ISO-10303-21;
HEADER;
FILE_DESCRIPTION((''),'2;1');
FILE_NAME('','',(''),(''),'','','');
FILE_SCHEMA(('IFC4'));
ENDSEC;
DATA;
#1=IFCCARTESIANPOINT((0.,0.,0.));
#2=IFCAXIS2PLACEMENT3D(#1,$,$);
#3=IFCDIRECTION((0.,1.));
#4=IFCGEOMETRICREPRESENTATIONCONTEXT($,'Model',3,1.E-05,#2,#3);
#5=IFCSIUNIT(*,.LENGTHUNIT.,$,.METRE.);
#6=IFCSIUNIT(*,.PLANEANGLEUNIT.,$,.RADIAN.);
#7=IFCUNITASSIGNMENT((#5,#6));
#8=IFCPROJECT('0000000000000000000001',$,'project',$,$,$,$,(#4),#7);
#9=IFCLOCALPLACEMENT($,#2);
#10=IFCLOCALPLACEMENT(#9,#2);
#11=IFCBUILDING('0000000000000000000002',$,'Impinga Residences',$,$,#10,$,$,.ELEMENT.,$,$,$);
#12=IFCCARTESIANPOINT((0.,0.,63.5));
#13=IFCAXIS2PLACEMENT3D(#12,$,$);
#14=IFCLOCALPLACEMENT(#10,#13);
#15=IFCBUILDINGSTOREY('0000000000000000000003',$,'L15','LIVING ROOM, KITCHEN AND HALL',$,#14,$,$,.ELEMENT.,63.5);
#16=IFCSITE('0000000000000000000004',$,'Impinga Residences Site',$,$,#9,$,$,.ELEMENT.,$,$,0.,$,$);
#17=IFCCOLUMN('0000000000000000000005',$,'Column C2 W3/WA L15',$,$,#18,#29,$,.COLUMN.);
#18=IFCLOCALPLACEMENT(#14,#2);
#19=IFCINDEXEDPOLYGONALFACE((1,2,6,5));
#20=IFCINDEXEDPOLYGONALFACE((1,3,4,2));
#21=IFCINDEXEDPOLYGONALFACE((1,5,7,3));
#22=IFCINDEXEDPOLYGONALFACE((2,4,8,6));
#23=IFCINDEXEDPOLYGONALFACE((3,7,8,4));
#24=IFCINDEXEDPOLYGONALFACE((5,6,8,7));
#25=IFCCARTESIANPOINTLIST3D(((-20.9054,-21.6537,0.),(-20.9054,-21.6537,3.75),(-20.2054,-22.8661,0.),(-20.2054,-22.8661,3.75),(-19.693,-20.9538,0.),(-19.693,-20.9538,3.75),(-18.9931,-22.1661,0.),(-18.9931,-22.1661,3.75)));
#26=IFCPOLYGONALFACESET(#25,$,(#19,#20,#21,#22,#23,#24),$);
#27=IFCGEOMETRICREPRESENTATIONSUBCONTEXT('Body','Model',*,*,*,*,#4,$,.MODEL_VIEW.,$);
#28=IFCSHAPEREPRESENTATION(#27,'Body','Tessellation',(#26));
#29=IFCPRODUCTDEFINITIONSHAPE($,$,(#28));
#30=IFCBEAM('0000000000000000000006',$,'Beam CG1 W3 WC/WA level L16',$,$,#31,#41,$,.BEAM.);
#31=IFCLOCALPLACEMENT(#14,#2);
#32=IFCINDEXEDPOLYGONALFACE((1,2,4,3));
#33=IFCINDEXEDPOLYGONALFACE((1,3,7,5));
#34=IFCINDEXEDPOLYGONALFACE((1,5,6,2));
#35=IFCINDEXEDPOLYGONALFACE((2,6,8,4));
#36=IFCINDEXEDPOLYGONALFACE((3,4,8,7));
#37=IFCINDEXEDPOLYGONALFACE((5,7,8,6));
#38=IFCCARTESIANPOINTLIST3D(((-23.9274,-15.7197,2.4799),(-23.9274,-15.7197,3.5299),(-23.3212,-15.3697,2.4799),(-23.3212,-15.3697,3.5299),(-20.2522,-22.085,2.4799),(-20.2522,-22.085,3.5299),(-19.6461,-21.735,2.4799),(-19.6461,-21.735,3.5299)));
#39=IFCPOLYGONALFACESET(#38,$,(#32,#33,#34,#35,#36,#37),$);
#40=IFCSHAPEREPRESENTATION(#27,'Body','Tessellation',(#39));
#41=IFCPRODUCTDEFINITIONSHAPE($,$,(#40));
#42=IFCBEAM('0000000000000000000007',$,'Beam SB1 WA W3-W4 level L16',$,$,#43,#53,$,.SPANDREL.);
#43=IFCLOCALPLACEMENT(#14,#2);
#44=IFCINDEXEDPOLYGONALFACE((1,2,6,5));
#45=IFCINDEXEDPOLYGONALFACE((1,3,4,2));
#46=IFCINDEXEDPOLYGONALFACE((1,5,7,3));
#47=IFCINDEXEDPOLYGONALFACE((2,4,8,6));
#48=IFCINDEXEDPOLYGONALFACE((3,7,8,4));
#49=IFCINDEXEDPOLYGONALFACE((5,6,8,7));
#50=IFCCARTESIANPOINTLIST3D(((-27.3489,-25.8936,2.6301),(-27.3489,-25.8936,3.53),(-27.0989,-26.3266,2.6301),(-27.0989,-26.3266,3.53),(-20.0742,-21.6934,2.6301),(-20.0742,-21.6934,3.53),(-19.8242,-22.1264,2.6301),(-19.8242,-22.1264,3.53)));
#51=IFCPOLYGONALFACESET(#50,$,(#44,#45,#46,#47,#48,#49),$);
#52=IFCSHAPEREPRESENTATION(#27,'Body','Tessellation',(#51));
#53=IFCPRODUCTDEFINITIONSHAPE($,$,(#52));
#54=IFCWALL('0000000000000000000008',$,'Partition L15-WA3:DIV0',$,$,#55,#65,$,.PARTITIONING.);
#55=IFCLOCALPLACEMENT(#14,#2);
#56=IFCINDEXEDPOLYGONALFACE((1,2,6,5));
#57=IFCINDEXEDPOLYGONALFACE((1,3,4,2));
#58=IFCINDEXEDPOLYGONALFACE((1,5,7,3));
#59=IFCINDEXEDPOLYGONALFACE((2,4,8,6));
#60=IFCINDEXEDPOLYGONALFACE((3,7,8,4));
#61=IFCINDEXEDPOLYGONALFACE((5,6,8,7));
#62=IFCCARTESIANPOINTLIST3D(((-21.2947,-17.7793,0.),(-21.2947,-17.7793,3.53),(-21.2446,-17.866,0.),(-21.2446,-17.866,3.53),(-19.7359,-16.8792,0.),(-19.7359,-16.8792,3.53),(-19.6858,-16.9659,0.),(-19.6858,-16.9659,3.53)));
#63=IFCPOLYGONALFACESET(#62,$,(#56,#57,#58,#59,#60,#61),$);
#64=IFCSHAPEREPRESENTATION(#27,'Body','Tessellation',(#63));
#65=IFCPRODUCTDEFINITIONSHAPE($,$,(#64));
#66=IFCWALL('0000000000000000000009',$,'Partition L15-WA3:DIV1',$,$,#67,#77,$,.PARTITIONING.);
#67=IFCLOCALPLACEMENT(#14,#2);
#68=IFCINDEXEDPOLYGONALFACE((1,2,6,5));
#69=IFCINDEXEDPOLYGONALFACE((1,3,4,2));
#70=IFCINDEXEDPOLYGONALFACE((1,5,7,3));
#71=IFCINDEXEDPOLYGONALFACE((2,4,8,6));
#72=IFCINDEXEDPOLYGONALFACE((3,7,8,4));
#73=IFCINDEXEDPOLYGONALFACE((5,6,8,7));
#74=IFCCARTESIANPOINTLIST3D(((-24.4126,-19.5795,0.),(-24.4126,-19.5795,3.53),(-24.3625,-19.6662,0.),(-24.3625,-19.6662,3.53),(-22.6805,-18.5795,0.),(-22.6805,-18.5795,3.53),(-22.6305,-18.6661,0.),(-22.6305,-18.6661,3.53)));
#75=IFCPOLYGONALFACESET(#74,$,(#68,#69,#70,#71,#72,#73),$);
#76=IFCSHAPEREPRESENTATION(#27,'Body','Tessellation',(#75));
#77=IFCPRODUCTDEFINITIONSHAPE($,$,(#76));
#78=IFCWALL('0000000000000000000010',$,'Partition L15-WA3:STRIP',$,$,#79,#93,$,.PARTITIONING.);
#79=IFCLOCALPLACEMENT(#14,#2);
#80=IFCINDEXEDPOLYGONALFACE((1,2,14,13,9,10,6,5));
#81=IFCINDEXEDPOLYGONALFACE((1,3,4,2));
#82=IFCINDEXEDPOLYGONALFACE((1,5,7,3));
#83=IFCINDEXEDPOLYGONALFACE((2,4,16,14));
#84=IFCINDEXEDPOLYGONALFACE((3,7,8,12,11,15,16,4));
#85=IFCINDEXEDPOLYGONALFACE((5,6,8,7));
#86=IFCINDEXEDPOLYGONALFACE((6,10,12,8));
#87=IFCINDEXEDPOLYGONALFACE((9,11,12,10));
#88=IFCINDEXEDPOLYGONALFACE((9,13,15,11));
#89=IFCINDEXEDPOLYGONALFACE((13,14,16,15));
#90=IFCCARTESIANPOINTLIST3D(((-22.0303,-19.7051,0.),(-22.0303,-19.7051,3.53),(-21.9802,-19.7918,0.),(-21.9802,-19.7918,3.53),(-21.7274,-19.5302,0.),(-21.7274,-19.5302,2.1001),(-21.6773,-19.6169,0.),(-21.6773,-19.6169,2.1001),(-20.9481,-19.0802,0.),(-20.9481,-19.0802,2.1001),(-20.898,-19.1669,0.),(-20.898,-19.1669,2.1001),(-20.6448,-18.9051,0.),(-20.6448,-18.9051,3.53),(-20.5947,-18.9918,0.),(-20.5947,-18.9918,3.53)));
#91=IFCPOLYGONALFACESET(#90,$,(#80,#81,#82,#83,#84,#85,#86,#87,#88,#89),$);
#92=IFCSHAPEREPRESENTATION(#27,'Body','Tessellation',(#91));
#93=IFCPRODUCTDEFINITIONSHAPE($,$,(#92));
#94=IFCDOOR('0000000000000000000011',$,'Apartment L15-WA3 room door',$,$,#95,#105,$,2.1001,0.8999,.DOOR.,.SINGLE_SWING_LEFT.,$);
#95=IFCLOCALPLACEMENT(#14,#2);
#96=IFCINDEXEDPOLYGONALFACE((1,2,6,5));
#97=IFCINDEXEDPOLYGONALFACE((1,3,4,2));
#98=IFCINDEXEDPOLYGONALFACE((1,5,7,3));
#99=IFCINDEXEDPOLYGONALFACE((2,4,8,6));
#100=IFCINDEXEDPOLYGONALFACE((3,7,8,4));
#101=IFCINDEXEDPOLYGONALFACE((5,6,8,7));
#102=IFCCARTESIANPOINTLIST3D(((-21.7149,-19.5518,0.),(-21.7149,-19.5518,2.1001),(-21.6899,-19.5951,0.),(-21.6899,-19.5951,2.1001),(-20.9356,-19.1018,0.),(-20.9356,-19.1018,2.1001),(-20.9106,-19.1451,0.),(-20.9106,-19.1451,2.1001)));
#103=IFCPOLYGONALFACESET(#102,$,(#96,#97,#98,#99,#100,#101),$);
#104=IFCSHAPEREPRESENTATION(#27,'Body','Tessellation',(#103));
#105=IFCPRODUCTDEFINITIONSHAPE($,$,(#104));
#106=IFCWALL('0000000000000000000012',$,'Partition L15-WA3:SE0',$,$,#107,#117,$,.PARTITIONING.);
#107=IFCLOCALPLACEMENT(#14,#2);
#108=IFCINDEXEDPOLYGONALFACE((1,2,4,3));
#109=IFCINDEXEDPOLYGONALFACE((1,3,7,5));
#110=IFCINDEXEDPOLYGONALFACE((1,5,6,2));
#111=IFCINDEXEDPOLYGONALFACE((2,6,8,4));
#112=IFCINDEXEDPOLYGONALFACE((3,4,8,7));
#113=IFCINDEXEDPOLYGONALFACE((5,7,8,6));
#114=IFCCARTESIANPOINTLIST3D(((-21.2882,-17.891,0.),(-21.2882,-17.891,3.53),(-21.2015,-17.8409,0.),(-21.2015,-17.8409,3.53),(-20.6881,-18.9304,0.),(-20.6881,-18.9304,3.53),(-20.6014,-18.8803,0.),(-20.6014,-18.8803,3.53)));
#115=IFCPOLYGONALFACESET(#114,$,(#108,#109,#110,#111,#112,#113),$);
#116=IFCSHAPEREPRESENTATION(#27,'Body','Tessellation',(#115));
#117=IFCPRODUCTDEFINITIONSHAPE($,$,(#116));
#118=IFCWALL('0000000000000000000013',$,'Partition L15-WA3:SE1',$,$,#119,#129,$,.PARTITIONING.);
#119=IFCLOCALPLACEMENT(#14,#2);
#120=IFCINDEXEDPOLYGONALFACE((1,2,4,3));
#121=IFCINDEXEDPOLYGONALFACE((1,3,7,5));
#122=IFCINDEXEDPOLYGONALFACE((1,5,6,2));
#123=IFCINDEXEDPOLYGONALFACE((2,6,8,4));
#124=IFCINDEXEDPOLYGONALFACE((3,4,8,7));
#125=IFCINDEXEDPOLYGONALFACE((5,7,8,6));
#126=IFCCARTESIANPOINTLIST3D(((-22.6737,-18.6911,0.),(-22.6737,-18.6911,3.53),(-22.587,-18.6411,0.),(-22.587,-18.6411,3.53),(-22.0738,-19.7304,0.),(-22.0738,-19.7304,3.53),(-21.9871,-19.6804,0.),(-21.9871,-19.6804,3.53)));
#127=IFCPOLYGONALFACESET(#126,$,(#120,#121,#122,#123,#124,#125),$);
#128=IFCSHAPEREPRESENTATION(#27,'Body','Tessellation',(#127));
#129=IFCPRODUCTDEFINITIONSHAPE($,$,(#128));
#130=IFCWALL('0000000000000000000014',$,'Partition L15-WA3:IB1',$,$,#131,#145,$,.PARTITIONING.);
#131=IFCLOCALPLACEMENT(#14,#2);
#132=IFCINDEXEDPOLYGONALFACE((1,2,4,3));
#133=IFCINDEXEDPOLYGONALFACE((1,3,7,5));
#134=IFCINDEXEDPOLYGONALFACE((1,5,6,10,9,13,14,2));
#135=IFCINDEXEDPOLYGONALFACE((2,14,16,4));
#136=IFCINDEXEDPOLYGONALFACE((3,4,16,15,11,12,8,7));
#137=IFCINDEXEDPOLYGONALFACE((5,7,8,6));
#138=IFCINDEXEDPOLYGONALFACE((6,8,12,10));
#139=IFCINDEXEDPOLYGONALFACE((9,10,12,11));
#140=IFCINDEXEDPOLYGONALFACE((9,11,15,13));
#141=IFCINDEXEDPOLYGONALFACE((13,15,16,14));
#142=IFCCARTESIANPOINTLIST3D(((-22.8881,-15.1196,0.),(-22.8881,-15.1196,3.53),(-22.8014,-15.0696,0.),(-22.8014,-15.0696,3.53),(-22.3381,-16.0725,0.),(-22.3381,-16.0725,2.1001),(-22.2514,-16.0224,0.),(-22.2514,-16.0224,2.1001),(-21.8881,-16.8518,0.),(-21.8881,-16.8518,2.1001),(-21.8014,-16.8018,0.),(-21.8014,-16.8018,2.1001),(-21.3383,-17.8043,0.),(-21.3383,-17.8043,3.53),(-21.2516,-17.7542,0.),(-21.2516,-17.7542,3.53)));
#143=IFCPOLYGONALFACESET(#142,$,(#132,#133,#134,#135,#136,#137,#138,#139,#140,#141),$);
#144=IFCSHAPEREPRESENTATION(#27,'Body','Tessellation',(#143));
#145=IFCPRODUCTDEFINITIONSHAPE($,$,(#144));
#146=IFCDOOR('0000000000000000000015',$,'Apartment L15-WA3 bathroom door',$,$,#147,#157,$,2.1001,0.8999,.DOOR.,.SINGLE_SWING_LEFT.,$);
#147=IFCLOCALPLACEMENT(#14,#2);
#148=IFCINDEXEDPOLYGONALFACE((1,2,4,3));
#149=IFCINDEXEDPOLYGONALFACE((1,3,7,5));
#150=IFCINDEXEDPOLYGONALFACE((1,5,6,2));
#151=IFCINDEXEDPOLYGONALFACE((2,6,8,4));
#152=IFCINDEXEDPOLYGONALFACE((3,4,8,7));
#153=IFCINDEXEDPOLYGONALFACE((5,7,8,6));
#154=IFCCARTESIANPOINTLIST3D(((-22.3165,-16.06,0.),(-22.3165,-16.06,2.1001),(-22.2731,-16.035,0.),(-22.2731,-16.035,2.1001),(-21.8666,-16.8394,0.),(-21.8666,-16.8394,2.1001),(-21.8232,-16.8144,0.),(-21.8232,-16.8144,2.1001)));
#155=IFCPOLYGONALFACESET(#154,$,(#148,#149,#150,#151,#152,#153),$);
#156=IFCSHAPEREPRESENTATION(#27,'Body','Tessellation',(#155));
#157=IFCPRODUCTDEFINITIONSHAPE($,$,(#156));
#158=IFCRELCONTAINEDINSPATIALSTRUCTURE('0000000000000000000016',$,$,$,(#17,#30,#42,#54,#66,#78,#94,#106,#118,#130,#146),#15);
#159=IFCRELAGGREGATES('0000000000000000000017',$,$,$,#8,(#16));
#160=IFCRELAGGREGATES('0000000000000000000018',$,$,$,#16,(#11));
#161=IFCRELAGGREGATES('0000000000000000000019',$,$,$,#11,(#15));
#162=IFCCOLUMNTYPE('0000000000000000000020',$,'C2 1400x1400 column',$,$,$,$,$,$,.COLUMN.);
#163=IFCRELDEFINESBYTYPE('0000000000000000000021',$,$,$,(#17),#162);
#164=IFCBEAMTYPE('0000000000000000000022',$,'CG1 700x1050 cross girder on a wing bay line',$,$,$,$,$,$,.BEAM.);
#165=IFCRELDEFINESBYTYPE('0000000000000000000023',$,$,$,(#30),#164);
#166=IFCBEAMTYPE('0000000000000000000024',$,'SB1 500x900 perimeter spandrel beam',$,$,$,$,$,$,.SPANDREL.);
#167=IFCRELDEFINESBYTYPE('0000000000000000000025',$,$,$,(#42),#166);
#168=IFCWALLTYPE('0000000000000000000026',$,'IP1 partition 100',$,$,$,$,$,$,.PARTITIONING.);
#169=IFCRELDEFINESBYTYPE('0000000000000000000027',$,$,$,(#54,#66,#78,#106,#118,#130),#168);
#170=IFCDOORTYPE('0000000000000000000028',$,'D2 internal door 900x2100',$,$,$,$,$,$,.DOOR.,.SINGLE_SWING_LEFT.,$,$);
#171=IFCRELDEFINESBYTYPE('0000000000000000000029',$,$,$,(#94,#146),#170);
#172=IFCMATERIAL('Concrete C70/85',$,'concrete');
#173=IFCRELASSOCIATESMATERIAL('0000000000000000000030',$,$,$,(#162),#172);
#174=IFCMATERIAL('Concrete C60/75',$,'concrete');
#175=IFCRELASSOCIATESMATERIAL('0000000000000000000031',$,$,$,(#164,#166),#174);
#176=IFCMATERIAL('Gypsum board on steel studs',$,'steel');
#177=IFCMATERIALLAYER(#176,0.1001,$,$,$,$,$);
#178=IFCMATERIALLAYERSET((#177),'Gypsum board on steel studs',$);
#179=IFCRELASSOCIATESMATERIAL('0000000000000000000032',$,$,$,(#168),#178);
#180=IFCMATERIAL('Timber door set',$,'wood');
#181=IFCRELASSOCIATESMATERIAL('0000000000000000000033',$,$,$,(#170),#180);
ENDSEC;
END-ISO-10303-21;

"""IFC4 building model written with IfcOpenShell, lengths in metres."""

from ifc_helpers import new_model, si_unit, direction, frame, frame_2d, origin, origin_2d, place, context, subcontext, project, spatial, rectangle, extrude, material, layer, layer_set, material_profile, profile_set, type_object, element, fill, save


model = new_model("IFC4")

# Units and contexts
model_context = context("Model", 3, precision=1e-05, world=origin(), true_north=direction((0.0, 1.0)))
body_context = subcontext(model_context, "Body", "Model", "MODEL_VIEW")
ifc_project = project(units=[si_unit("LENGTHUNIT", "METRE"), si_unit("PLANEANGLEUNIT", "RADIAN")], contexts=[model_context])

# Site, building, storey
site_placement = place(None, origin())
site = spatial("IfcSite", under=ifc_project, at=site_placement, Name="Impinga Residences Site", CompositionType="ELEMENT", RefElevation=0.0)
building_placement = place(site_placement, origin())
building = spatial("IfcBuilding", under=site, at=building_placement, Name="Impinga Residences", CompositionType="ELEMENT")
storey_placement = place(building_placement, frame((0.0, 0.0, 63.5)))
storey = spatial("IfcBuildingStorey", under=building, at=storey_placement, Name="L15", Description="LIVING ROOM, KITCHEN AND HALL", CompositionType="ELEMENT", Elevation=63.5)

# Column
ifc_material_1 = material(Name="Concrete C70/85", Category="concrete")
ifc_material_profile_1 = material_profile(ifc_material_1, rectangle(XDim=1.3999, YDim=1.3999, at=origin_2d()), Name="RC 1400x1400")
ifc_profile_set_1 = profile_set([ifc_material_profile_1], Name="Concrete C70/85")
column_type = type_object("IfcColumnType", Name="C2 1400x1400 column", PredefinedType="COLUMN", material=ifc_profile_set_1)
column_placement = place(storey_placement, frame((-19.9492, -21.9099, 0.0), z_axis=(0.0, 0.0, 1.0), x_axis=(-0.5, 0.866025, 0.0)))
element("IfcColumn", 1, at=column_placement, inside=storey, type_object=column_type, Name="Column C2 W3/WA L15", PredefinedType="COLUMN", context=body_context, shape_type="SweptSolid", body=[
    extrude(rectangle(XDim=1.3999, YDim=1.3999, at=origin_2d()), origin(), (0.0, 0.0, 1.0), 3.75),
])

# Beams
ifc_material_2 = material(Name="Concrete C60/75", Category="concrete")
ifc_material_profile_2 = material_profile(ifc_material_2, rectangle(XDim=0.7, YDim=1.05, at=origin_2d()), Name="RC 700x1050")
ifc_profile_set_2 = profile_set([ifc_material_profile_2], Name="Concrete C60/75")
beam_type_1 = type_object("IfcBeamType", Name="CG1 700x1050 cross girder on a wing bay line", PredefinedType="BEAM", material=ifc_profile_set_2)
beam_1_placement = place(storey_placement, frame((-23.6243, -15.5447, 3.0049), z_axis=(0.500008, -0.866021, 0.0), x_axis=(0.866021, 0.500008, 0.0)))
element("IfcBeam", 2, at=beam_1_placement, inside=storey, type_object=beam_type_1, Name="Beam CG1 W3 WC/WA level L16", PredefinedType="BEAM", context=body_context, shape_type="SweptSolid", body=[
    extrude(rectangle(XDim=0.7, YDim=1.05, at=origin_2d()), origin(), (0.0, 0.0, 1.0), 7.3501),
])
ifc_material_profile_3 = material_profile(ifc_material_2, rectangle(XDim=0.5, YDim=0.8999, at=origin_2d()), Name="RC 500x900")
ifc_profile_set_3 = profile_set([ifc_material_profile_3], Name="Concrete C60/75")
beam_type_2 = type_object("IfcBeamType", Name="SB1 500x900 perimeter spandrel beam", PredefinedType="SPANDREL", material=ifc_profile_set_3)
beam_2_placement = place(storey_placement, frame((-19.9492, -21.9099, 3.0801), z_axis=(-0.866017, -0.500015, 0.0), x_axis=(0.500015, -0.866017, 0.0)))
element("IfcBeam", 3, at=beam_2_placement, inside=storey, type_object=beam_type_2, Name="Beam SB1 WA W3-W4 level L16", PredefinedType="SPANDREL", context=body_context, shape_type="SweptSolid", body=[
    extrude(rectangle(XDim=0.5, YDim=0.8999, at=origin_2d()), origin(), (0.0, 0.0, 1.0), 8.4001),
])

# Walls
ifc_material_3 = material(Name="Gypsum board on steel studs", Category="steel")
ifc_layer_1 = layer(ifc_material_3, 0.1001)
ifc_layer_set_1 = layer_set([ifc_layer_1], Name="Gypsum board on steel studs")
wall_type_1 = type_object("IfcWallType", Name="IP1 partition 100", PredefinedType="PARTITIONING", material=ifc_layer_set_1)
wall_1_placement = place(storey_placement, frame((-19.7109, -16.9226, 0.0), z_axis=(0.0, 0.0, 1.0), x_axis=(-0.865989, -0.500063, 0.0)))
element("IfcWall", 4, at=wall_1_placement, inside=storey, type_object=wall_type_1, Name="Partition L15-WA3:DIV0", PredefinedType="PARTITIONING", context=body_context, shape_type="SweptSolid", body=[
    extrude(rectangle(XDim=1.8, YDim=0.1001, at=frame_2d((0.8999, 0.0))), origin(), (0.0, 0.0, 1.0), 3.53),
])
wall_2_placement = place(storey_placement, frame((-22.6555, -18.6228, 0.0), z_axis=(0.0, 0.0, 1.0), x_axis=(-0.866011, -0.500025, 0.0)))
element("IfcWall", 5, at=wall_2_placement, inside=storey, type_object=wall_type_1, Name="Partition L15-WA3:DIV1", PredefinedType="PARTITIONING", context=body_context, shape_type="SweptSolid", body=[
    extrude(rectangle(XDim=2.0, YDim=0.1001, at=frame_2d((1.0, 0.0))), origin(), (0.0, 0.0, 1.0), 3.53),
])

# Wall, opening, door
wall_3_placement = place(storey_placement, frame((-20.6199, -18.9485, 0.0), z_axis=(0.0, 0.0, 1.0), x_axis=(-0.86599, -0.500061, 0.0)))
wall_3 = element("IfcWall", 6, at=wall_3_placement, inside=storey, type_object=wall_type_1, Name="Partition L15-WA3:STRIP", PredefinedType="PARTITIONING", context=body_context, shape_type="SweptSolid", body=[
    extrude(rectangle(XDim=1.5999, YDim=0.1001, at=frame_2d((0.7998, 0.0))), origin(), (0.0, 0.0, 1.0), 3.53),
])
opening_1_placement = place(wall_3_placement, frame((0.3501, 0.0, 0.0)))
opening_1 = element("IfcOpeningElement", 7, at=opening_1_placement, cuts=wall_3, PredefinedType="OPENING", context=body_context, shape_type="SweptSolid", body=[
    extrude(rectangle(XDim=0.8999, YDim=2.1001, at=frame_2d((0.45, 1.05))), frame((0.0, 0.0601, 0.0), z_axis=(0.0, -1.0, 0.0), x_axis=(1.0, 0.0, 0.0)), (0.0, 0.0, 1.0), 0.1201),
])
ifc_material_4 = material(Name="Timber door set", Category="wood")
door_type = type_object("IfcDoorType", Name="D2 internal door 900x2100", OperationType="SINGLE_SWING_LEFT", PredefinedType="DOOR", material=ifc_material_4)
door_1_placement = place(opening_1_placement, origin())
door_1 = element("IfcDoor", 8, at=door_1_placement, inside=storey, type_object=door_type, Name="Apartment L15-WA3 room door", OperationType="SINGLE_SWING_LEFT", OverallHeight=2.1001, OverallWidth=0.8999, PredefinedType="DOOR", context=body_context, shape_type="SweptSolid", body=[
    extrude(rectangle(XDim=0.8999, YDim=2.1001, at=frame_2d((0.45, 1.05))), frame((0.0, 0.0249, 0.0), z_axis=(0.0, -1.0, 0.0), x_axis=(1.0, 0.0, 0.0)), (0.0, 0.0, 1.0), 0.05),
])
fill(opening_1, door_1)

# Walls
wall_4_placement = place(storey_placement, frame((-21.2449, -17.866, 0.0), z_axis=(0.0, 0.0, 1.0), x_axis=(0.500034, -0.866006, 0.0)))
element("IfcWall", 9, at=wall_4_placement, inside=storey, type_object=wall_type_1, Name="Partition L15-WA3:SE0", PredefinedType="PARTITIONING", context=body_context, shape_type="SweptSolid", body=[
    extrude(rectangle(XDim=1.2002, YDim=0.1001, at=frame_2d((0.6001, 0.0))), origin(), (0.0, 0.0, 1.0), 3.53),
])
wall_5_placement = place(storey_placement, frame((-22.6304, -18.666, 0.0), z_axis=(0.0, 0.0, 1.0), x_axis=(0.499881, -0.866094, 0.0)))
element("IfcWall", 10, at=wall_5_placement, inside=storey, type_object=wall_type_1, Name="Partition L15-WA3:SE1", PredefinedType="PARTITIONING", context=body_context, shape_type="SweptSolid", body=[
    extrude(rectangle(XDim=1.2, YDim=0.1001, at=frame_2d((0.6001, 0.0))), origin(), (0.0, 0.0, 1.0), 3.53),
])

# Wall, opening, door
wall_6_placement = place(storey_placement, frame((-22.8447, -15.0947, 0.0), z_axis=(0.0, 0.0, 1.0), x_axis=(0.499968, -0.866044, 0.0)))
wall_6 = element("IfcWall", 11, at=wall_6_placement, inside=storey, type_object=wall_type_1, Name="Partition L15-WA3:IB1", PredefinedType="PARTITIONING", context=body_context, shape_type="SweptSolid", body=[
    extrude(rectangle(XDim=3.0999, YDim=0.1001, at=frame_2d((1.5498, 0.0))), origin(), (0.0, 0.0, 1.0), 3.53),
])
opening_2_placement = place(wall_6_placement, frame((1.1001, 0.0, 0.0)))
opening_2 = element("IfcOpeningElement", 12, at=opening_2_placement, cuts=wall_6, PredefinedType="OPENING", context=body_context, shape_type="SweptSolid", body=[
    extrude(rectangle(XDim=0.8999, YDim=2.1001, at=frame_2d((0.45, 1.05))), frame((0.0, 0.0601, 0.0), z_axis=(0.0, -1.0, 0.0), x_axis=(1.0, 0.0, 0.0)), (0.0, 0.0, 1.0), 0.1201),
])
door_2_placement = place(opening_2_placement, origin())
door_2 = element("IfcDoor", 13, at=door_2_placement, inside=storey, type_object=door_type, Name="Apartment L15-WA3 bathroom door", OperationType="SINGLE_SWING_LEFT", OverallHeight=2.1001, OverallWidth=0.8999, PredefinedType="DOOR", context=body_context, shape_type="SweptSolid", body=[
    extrude(rectangle(XDim=0.8999, YDim=2.1001, at=frame_2d((0.45, 1.05))), frame((0.0, 0.0249, 0.0), z_axis=(0.0, -1.0, 0.0), x_axis=(1.0, 0.0, 0.0)), (0.0, 0.0, 1.0), 0.05),
])
fill(opening_2, door_2)

save(model, "model.ifc")
